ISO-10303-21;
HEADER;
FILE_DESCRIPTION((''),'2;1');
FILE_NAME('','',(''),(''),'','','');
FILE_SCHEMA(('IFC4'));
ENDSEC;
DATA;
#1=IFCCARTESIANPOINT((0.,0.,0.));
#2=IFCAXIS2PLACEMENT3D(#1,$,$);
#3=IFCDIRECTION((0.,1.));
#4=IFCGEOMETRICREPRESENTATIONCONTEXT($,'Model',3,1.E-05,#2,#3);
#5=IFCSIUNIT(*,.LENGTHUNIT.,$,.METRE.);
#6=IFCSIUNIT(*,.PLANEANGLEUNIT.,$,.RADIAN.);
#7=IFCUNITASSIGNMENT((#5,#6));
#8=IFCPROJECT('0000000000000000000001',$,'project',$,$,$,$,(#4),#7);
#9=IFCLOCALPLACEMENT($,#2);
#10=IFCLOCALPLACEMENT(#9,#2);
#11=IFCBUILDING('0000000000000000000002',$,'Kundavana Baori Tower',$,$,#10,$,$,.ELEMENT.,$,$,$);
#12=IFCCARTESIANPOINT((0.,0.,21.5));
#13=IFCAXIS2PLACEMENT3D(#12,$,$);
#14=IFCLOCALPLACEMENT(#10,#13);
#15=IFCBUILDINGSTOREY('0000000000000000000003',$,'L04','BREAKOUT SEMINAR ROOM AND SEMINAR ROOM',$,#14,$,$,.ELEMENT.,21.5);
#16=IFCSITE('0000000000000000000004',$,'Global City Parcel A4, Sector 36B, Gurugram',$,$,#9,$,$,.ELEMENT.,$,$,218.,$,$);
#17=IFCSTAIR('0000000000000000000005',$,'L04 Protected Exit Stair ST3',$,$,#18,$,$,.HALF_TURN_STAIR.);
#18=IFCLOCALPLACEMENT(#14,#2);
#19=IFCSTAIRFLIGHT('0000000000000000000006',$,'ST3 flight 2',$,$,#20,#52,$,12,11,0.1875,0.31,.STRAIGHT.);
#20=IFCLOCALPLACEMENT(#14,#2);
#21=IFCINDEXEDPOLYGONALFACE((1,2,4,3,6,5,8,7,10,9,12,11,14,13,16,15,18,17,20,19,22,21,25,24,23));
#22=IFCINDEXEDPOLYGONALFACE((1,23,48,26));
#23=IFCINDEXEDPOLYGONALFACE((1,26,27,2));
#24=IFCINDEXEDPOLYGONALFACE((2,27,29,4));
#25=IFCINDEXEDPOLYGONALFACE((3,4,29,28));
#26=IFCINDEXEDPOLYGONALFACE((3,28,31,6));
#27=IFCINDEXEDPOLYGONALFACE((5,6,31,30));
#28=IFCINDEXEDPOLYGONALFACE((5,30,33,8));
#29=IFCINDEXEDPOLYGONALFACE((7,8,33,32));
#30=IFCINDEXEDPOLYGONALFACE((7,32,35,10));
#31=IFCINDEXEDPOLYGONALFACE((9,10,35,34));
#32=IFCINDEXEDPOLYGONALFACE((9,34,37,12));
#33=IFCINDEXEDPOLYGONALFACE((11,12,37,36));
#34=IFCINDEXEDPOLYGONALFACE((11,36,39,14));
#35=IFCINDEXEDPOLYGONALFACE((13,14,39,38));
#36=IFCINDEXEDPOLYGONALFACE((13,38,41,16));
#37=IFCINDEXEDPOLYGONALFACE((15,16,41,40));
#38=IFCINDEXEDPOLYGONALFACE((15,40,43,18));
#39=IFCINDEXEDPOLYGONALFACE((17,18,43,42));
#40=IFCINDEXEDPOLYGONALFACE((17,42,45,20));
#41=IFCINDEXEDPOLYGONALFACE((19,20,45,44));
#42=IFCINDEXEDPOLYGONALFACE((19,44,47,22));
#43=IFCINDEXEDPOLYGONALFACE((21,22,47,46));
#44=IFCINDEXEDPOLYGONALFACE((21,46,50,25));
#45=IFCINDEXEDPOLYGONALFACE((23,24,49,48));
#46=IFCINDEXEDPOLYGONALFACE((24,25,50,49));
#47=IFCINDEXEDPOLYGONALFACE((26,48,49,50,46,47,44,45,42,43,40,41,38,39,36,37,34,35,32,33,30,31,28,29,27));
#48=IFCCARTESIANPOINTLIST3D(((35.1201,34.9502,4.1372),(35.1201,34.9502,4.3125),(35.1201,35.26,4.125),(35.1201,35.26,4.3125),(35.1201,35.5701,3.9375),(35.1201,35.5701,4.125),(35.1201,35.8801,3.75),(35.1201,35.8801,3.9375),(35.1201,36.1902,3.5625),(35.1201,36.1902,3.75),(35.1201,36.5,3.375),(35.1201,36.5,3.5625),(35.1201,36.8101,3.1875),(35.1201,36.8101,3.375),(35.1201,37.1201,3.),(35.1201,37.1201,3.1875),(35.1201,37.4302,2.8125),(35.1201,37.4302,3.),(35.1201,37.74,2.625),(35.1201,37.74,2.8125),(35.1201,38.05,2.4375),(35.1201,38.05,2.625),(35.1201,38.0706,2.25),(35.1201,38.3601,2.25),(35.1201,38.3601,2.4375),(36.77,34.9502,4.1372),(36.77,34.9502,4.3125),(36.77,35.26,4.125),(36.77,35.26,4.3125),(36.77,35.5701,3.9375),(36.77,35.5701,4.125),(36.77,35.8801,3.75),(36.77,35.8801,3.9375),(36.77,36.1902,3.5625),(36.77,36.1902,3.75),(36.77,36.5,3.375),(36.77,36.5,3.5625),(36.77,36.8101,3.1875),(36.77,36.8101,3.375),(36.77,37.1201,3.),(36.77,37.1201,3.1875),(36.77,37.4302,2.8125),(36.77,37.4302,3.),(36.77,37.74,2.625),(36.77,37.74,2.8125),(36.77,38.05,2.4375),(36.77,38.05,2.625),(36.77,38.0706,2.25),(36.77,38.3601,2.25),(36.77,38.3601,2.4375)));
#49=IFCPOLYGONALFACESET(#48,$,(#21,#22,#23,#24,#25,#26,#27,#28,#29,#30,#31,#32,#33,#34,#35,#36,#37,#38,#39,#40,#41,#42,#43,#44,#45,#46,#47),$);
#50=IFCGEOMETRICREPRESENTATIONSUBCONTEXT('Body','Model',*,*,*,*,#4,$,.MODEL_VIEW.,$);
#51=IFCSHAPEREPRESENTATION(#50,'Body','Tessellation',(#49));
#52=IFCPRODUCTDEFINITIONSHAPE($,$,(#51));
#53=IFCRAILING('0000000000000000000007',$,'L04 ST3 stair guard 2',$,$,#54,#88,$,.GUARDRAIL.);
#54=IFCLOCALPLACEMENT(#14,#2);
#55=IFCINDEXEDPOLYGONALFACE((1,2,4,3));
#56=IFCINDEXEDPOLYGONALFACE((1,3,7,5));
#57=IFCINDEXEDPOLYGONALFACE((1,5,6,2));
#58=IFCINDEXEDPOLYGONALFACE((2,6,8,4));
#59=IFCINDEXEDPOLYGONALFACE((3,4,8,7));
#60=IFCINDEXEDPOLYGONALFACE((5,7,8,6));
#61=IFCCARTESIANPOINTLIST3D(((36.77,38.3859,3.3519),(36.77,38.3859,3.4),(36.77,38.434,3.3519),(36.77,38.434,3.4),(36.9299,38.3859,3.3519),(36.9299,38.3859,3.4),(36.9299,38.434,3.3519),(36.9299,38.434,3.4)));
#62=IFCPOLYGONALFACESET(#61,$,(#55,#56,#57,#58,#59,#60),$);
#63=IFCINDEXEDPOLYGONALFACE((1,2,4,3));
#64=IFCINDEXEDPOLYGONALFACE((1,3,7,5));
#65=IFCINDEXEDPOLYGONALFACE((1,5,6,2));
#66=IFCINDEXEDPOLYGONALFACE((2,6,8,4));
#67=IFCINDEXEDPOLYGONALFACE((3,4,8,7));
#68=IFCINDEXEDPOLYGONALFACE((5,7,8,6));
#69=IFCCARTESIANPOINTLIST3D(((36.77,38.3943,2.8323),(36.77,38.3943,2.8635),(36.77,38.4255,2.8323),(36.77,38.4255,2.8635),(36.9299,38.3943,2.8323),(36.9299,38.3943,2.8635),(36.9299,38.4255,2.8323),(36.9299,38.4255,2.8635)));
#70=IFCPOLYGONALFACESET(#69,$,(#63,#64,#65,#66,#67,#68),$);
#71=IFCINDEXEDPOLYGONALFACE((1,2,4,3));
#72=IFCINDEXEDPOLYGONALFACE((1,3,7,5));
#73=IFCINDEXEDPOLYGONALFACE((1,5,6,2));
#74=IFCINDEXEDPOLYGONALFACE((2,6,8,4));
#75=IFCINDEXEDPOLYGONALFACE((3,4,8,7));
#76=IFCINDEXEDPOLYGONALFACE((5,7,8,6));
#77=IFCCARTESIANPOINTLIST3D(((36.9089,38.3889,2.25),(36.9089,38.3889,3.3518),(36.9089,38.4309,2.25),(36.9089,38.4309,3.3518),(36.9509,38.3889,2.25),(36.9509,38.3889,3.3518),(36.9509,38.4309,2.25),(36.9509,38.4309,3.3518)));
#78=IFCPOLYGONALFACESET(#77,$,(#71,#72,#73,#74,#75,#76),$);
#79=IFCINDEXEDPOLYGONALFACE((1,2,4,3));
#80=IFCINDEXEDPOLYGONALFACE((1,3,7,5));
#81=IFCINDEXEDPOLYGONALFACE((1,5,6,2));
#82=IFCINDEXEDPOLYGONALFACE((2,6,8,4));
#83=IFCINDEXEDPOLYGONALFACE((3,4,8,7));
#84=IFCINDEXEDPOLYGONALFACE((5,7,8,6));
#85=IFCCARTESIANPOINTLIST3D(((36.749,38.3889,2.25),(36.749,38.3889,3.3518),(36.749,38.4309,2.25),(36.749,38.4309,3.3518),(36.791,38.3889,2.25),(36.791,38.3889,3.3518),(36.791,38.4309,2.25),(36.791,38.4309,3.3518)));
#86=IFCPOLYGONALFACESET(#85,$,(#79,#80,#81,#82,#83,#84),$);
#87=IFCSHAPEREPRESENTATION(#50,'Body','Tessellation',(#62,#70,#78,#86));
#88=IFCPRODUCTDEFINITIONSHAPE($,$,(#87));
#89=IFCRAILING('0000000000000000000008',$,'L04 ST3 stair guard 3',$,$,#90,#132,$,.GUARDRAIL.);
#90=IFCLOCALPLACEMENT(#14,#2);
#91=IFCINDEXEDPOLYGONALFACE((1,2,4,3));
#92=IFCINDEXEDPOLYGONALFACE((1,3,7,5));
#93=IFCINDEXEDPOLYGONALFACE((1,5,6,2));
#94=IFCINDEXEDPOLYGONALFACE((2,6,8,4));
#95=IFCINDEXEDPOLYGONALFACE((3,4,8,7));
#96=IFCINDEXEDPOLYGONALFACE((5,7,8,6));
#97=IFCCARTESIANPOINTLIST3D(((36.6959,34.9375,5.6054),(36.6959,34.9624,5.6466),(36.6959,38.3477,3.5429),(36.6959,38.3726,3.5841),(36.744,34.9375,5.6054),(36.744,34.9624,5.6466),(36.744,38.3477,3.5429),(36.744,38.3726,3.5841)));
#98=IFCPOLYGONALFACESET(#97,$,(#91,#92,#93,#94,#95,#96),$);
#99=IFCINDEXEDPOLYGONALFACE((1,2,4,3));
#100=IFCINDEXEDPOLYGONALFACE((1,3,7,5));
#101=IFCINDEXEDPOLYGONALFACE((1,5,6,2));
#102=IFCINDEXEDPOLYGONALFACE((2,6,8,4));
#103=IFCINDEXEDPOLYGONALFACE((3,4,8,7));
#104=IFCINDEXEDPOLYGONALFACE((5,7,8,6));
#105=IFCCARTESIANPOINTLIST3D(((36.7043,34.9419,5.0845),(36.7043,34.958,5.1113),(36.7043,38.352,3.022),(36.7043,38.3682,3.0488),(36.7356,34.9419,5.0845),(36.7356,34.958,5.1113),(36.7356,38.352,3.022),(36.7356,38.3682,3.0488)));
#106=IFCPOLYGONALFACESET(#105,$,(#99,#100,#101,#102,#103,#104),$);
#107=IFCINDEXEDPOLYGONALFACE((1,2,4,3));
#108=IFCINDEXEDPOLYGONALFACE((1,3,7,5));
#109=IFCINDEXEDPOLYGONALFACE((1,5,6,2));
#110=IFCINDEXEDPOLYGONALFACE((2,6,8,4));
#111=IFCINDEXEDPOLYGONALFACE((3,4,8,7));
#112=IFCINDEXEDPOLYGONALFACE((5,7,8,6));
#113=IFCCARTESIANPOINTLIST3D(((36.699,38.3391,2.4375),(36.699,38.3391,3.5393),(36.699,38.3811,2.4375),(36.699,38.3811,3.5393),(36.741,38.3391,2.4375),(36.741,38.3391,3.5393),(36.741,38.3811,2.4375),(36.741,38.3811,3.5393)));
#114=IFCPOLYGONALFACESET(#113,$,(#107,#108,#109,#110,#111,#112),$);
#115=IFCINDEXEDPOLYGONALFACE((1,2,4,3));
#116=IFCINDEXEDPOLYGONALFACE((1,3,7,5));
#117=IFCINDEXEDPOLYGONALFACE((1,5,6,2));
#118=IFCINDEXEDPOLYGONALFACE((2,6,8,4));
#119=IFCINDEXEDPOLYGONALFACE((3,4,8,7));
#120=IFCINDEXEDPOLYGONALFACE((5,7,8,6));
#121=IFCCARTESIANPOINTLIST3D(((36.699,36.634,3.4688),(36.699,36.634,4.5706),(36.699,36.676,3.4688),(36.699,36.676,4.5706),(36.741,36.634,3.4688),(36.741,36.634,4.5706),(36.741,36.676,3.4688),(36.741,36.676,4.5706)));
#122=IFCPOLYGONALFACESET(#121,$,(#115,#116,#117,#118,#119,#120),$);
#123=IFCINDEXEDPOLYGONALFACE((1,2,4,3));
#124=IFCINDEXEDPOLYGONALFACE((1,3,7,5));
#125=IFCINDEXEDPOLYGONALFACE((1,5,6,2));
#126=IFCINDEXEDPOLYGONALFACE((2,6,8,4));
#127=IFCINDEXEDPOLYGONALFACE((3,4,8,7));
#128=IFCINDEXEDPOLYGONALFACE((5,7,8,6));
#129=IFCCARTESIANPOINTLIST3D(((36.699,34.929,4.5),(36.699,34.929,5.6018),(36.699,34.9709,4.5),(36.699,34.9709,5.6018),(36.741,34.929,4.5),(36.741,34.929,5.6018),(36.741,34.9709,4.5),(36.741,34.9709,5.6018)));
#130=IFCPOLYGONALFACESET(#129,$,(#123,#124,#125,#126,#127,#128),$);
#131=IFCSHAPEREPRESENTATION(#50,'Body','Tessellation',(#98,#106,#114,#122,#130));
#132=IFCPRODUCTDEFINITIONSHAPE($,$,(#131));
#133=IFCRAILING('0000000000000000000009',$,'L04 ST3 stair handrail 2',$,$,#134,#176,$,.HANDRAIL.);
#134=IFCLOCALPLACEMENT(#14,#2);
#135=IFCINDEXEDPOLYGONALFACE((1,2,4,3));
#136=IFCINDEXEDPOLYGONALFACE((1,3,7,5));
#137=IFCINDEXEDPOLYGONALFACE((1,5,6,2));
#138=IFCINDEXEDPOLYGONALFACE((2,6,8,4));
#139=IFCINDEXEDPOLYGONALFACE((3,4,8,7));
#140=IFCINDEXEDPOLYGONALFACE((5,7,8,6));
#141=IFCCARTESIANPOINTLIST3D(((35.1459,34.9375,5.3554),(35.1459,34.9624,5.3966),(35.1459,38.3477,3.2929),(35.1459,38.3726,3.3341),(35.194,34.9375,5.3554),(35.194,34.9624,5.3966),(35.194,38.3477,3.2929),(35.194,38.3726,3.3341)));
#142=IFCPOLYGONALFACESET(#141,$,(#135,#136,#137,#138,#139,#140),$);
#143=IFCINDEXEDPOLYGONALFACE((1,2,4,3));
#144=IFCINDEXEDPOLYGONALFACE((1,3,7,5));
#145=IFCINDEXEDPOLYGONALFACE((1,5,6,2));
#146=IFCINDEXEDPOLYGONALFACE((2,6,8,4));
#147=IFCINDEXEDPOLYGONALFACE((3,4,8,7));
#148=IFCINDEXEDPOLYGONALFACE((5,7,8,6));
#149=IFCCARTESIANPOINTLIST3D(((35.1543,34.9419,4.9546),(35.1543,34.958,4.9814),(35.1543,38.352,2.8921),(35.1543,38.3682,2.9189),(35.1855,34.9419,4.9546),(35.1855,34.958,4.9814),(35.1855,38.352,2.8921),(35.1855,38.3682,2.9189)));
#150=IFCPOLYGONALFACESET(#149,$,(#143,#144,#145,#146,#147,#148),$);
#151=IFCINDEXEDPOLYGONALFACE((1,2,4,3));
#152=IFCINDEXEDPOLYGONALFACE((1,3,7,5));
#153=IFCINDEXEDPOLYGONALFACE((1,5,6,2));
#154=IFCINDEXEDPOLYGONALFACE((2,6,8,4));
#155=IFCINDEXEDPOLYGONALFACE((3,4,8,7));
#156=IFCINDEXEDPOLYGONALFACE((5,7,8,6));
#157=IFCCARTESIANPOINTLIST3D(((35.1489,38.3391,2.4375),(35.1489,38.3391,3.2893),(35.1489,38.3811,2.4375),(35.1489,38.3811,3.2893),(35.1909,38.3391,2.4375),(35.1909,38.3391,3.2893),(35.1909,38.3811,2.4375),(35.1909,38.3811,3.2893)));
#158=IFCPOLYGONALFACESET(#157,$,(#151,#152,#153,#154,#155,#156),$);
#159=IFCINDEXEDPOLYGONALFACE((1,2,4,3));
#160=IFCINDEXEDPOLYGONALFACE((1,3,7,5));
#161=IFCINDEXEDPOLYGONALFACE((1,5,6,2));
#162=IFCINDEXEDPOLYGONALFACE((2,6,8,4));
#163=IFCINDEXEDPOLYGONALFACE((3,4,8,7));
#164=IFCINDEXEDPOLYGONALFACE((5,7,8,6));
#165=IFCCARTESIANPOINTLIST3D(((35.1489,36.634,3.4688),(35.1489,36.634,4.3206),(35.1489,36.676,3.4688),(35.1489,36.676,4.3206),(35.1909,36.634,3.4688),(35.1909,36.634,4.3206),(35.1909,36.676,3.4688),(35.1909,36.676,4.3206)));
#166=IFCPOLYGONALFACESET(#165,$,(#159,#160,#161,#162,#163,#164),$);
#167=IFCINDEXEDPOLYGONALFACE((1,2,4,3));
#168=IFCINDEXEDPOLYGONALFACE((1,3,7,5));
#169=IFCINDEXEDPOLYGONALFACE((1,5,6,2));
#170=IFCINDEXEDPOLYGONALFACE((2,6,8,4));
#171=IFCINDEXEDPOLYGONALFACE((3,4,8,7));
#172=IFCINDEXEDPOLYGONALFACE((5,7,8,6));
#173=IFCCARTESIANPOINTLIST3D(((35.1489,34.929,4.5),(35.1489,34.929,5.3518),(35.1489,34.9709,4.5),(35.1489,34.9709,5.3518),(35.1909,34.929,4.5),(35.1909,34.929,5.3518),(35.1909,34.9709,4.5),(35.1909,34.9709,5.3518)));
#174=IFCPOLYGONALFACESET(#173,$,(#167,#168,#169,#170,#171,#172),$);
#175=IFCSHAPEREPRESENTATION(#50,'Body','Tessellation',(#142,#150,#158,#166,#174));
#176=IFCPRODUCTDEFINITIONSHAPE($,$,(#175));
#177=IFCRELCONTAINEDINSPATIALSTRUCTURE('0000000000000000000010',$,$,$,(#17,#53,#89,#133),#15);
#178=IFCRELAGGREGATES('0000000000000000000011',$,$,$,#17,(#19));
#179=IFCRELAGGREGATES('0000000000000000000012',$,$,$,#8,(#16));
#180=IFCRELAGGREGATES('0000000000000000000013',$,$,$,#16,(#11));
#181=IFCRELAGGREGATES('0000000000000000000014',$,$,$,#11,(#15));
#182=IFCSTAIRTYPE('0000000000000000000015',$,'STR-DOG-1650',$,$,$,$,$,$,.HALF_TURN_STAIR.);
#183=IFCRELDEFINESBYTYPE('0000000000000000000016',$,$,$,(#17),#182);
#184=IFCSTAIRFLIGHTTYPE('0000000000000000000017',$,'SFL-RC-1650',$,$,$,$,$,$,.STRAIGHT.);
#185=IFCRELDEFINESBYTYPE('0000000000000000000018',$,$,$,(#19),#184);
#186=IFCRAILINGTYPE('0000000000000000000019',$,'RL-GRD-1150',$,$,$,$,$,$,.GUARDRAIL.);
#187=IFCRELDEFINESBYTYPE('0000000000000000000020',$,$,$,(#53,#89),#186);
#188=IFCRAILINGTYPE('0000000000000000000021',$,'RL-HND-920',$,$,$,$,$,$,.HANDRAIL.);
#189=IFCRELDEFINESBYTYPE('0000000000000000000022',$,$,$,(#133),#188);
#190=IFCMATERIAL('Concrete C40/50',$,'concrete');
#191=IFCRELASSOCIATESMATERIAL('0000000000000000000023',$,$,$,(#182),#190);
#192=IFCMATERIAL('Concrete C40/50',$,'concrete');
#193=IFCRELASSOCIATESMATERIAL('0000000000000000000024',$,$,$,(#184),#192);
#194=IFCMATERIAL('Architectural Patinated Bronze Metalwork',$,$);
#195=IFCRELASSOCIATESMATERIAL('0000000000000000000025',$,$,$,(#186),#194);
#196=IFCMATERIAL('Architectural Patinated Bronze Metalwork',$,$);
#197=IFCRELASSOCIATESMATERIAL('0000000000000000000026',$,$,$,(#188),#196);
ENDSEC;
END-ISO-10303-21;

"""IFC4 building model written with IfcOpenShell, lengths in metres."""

from ifc_helpers import new_model, si_unit, direction, frame, origin, origin_2d, place, context, subcontext, project, spatial, polyline, rectangle, outline, extrude, material, type_object, element, aggregate, save


model = new_model("IFC4")

# Units and contexts
model_context = context("Model", 3, precision=1e-05, world=origin(), true_north=direction((0.0, 1.0)))
body_context = subcontext(model_context, "Body", "Model", "MODEL_VIEW")
ifc_project = project(units=[si_unit("LENGTHUNIT", "METRE"), si_unit("PLANEANGLEUNIT", "RADIAN")], contexts=[model_context])

# Site, building, storey
site_placement = place(None, origin())
site = spatial("IfcSite", under=ifc_project, at=site_placement, Name="Global City Parcel A4, Sector 36B, Gurugram", CompositionType="ELEMENT", RefElevation=218.0)
building_placement = place(site_placement, origin())
building = spatial("IfcBuilding", under=site, at=building_placement, Name="Kundavana Baori Tower", CompositionType="ELEMENT")
storey_placement = place(building_placement, frame((0.0, 0.0, 21.5)))
storey = spatial("IfcBuildingStorey", under=building, at=storey_placement, Name="L04", Description="BREAKOUT SEMINAR ROOM AND SEMINAR ROOM", CompositionType="ELEMENT", Elevation=21.5)

# Stair, stair flight
ifc_material_1 = material(Name="Concrete C40/50", Category="concrete")
stair_type = type_object("IfcStairType", Name="STR-DOG-1650", PredefinedType="HALF_TURN_STAIR", material=ifc_material_1)
stair_placement = place(storey_placement, origin())
stair = element("IfcStair", 1, at=stair_placement, inside=storey, type_object=stair_type, Name="L04 Protected Exit Stair ST3", PredefinedType="HALF_TURN_STAIR")
ifc_material_2 = material(Name="Concrete C40/50", Category="concrete")
stair_flight_type = type_object("IfcStairFlightType", Name="SFL-RC-1650", PredefinedType="STRAIGHT", material=ifc_material_2)
stair_flight_placement = place(storey_placement, frame((35.9451, 38.3601, 2.25), z_axis=(0.0, 0.0, 1.0), x_axis=(0.0, -1.0, 0.0)))
stair_flight = element("IfcStairFlight", 2, at=stair_flight_placement, type_object=stair_flight_type, Name="ST3 flight 2", NumberOfRisers=12, NumberOfTreads=11, PredefinedType="STRAIGHT", RiserHeight=0.1875, TreadLength=0.31, context=body_context, shape_type="SweptSolid", body=[
    extrude(outline(polyline([(0.0, 0.0), (0.0, 0.1875), (0.3101, 0.1875), (0.3101, 0.375), (0.6201, 0.375), (0.6201, 0.5625), (0.9299, 0.5625), (0.9299, 0.75), (1.24, 0.75), (1.24, 0.9375), (1.55, 0.9375), (1.55, 1.125), (1.8601, 1.125), (1.8601, 1.3125), (2.1699, 1.3125), (2.1699, 1.5), (2.48, 1.5), (2.48, 1.6875), (2.79, 1.6875), (2.79, 1.875), (3.1001, 1.875), (3.1001, 2.0625), (3.4099, 2.0625), (3.4099, 2.25), (3.4099, 1.8872), (0.2896, 0.0), (0.0, 0.0)])), frame((0.0, 0.825, 0.0), z_axis=(0.0, -1.0, 0.0), x_axis=(1.0, 0.0, 0.0)), (0.0, 0.0, 1.0), 1.6499),
])
aggregate(stair, [stair_flight])

# Railings
ifc_material_3 = material(Name="Architectural Patinated Bronze Metalwork")
railing_type_1 = type_object("IfcRailingType", Name="RL-GRD-1150", PredefinedType="GUARDRAIL", material=ifc_material_3)
railing_1_placement = place(storey_placement, frame((36.9299, 38.4099, 2.25)))
element("IfcRailing", 3, at=railing_1_placement, inside=storey, type_object=railing_type_1, Name="L04 ST3 stair guard 2", PredefinedType="GUARDRAIL", context=body_context, shape_type="SweptSolid", body=[
    extrude(rectangle(XDim=0.0481, YDim=0.0481, at=origin_2d()), frame((0.0, 0.0, 1.126), z_axis=(-1.0, 0.0, 0.0), x_axis=(0.0, -1.0, 0.0)), (0.0, 0.0, 1.0), 0.1599),
    extrude(rectangle(XDim=0.0312, YDim=0.0312, at=origin_2d()), frame((0.0, 0.0, 0.5979), z_axis=(-1.0, 0.0, 0.0), x_axis=(0.0, -1.0, 0.0)), (0.0, 0.0, 1.0), 0.1599),
    extrude(rectangle(XDim=0.042, YDim=0.042, at=origin_2d()), origin(), (0.0, 0.0, 1.0), 1.1018),
    extrude(rectangle(XDim=0.042, YDim=0.042, at=origin_2d()), frame((-0.1599, 0.0, 0.0)), (0.0, 0.0, 1.0), 1.1018),
])
railing_2_placement = place(storey_placement, frame((36.72, 38.3601, 2.4375)))
element("IfcRailing", 4, at=railing_2_placement, inside=storey, type_object=railing_type_1, Name="L04 ST3 stair guard 3", PredefinedType="GUARDRAIL", context=body_context, shape_type="SweptSolid", body=[
    extrude(rectangle(XDim=0.0481, YDim=0.0481, at=origin_2d()), frame((0.0, 0.0, 1.126), z_axis=(0.0, -0.855671, 0.517519), x_axis=(1.0, 0.0, 0.0)), (0.0, 0.0, 1.0), 3.9854),
    extrude(rectangle(XDim=0.0312, YDim=0.0312, at=origin_2d()), frame((0.0, 0.0, 0.5979), z_axis=(0.0, -0.855671, 0.517519), x_axis=(1.0, 0.0, 0.0)), (0.0, 0.0, 1.0), 3.9854),
    extrude(rectangle(XDim=0.042, YDim=0.042, at=origin_2d()), origin(), (0.0, 0.0, 1.0), 1.1018),
    extrude(rectangle(XDim=0.042, YDim=0.042, at=origin_2d()), frame((0.0, -1.7051, 1.0312)), (0.0, 0.0, 1.0), 1.1018),
    extrude(rectangle(XDim=0.042, YDim=0.042, at=origin_2d()), frame((0.0, -3.4102, 2.0625)), (0.0, 0.0, 1.0), 1.1018),
])
ifc_material_4 = material(Name="Architectural Patinated Bronze Metalwork")
railing_type_2 = type_object("IfcRailingType", Name="RL-HND-920", PredefinedType="HANDRAIL", material=ifc_material_4)
railing_3_placement = place(storey_placement, frame((35.1699, 38.3601, 2.4375)))
element("IfcRailing", 5, at=railing_3_placement, inside=storey, type_object=railing_type_2, Name="L04 ST3 stair handrail 2", PredefinedType="HANDRAIL", context=body_context, shape_type="SweptSolid", body=[
    extrude(rectangle(XDim=0.0481, YDim=0.0481, at=origin_2d()), frame((0.0, 0.0, 0.876), z_axis=(0.0, -0.855671, 0.517519), x_axis=(1.0, 0.0, 0.0)), (0.0, 0.0, 1.0), 3.9854),
    extrude(rectangle(XDim=0.0312, YDim=0.0312, at=origin_2d()), frame((0.0, 0.0, 0.468), z_axis=(0.0, -0.855671, 0.517519), x_axis=(1.0, 0.0, 0.0)), (0.0, 0.0, 1.0), 3.9854),
    extrude(rectangle(XDim=0.042, YDim=0.042, at=origin_2d()), origin(), (0.0, 0.0, 1.0), 0.8518),
    extrude(rectangle(XDim=0.042, YDim=0.042, at=origin_2d()), frame((0.0, -1.7051, 1.0312)), (0.0, 0.0, 1.0), 0.8518),
    extrude(rectangle(XDim=0.042, YDim=0.042, at=origin_2d()), frame((0.0, -3.4102, 2.0625)), (0.0, 0.0, 1.0), 0.8518),
])

save(model, "model.ifc")
